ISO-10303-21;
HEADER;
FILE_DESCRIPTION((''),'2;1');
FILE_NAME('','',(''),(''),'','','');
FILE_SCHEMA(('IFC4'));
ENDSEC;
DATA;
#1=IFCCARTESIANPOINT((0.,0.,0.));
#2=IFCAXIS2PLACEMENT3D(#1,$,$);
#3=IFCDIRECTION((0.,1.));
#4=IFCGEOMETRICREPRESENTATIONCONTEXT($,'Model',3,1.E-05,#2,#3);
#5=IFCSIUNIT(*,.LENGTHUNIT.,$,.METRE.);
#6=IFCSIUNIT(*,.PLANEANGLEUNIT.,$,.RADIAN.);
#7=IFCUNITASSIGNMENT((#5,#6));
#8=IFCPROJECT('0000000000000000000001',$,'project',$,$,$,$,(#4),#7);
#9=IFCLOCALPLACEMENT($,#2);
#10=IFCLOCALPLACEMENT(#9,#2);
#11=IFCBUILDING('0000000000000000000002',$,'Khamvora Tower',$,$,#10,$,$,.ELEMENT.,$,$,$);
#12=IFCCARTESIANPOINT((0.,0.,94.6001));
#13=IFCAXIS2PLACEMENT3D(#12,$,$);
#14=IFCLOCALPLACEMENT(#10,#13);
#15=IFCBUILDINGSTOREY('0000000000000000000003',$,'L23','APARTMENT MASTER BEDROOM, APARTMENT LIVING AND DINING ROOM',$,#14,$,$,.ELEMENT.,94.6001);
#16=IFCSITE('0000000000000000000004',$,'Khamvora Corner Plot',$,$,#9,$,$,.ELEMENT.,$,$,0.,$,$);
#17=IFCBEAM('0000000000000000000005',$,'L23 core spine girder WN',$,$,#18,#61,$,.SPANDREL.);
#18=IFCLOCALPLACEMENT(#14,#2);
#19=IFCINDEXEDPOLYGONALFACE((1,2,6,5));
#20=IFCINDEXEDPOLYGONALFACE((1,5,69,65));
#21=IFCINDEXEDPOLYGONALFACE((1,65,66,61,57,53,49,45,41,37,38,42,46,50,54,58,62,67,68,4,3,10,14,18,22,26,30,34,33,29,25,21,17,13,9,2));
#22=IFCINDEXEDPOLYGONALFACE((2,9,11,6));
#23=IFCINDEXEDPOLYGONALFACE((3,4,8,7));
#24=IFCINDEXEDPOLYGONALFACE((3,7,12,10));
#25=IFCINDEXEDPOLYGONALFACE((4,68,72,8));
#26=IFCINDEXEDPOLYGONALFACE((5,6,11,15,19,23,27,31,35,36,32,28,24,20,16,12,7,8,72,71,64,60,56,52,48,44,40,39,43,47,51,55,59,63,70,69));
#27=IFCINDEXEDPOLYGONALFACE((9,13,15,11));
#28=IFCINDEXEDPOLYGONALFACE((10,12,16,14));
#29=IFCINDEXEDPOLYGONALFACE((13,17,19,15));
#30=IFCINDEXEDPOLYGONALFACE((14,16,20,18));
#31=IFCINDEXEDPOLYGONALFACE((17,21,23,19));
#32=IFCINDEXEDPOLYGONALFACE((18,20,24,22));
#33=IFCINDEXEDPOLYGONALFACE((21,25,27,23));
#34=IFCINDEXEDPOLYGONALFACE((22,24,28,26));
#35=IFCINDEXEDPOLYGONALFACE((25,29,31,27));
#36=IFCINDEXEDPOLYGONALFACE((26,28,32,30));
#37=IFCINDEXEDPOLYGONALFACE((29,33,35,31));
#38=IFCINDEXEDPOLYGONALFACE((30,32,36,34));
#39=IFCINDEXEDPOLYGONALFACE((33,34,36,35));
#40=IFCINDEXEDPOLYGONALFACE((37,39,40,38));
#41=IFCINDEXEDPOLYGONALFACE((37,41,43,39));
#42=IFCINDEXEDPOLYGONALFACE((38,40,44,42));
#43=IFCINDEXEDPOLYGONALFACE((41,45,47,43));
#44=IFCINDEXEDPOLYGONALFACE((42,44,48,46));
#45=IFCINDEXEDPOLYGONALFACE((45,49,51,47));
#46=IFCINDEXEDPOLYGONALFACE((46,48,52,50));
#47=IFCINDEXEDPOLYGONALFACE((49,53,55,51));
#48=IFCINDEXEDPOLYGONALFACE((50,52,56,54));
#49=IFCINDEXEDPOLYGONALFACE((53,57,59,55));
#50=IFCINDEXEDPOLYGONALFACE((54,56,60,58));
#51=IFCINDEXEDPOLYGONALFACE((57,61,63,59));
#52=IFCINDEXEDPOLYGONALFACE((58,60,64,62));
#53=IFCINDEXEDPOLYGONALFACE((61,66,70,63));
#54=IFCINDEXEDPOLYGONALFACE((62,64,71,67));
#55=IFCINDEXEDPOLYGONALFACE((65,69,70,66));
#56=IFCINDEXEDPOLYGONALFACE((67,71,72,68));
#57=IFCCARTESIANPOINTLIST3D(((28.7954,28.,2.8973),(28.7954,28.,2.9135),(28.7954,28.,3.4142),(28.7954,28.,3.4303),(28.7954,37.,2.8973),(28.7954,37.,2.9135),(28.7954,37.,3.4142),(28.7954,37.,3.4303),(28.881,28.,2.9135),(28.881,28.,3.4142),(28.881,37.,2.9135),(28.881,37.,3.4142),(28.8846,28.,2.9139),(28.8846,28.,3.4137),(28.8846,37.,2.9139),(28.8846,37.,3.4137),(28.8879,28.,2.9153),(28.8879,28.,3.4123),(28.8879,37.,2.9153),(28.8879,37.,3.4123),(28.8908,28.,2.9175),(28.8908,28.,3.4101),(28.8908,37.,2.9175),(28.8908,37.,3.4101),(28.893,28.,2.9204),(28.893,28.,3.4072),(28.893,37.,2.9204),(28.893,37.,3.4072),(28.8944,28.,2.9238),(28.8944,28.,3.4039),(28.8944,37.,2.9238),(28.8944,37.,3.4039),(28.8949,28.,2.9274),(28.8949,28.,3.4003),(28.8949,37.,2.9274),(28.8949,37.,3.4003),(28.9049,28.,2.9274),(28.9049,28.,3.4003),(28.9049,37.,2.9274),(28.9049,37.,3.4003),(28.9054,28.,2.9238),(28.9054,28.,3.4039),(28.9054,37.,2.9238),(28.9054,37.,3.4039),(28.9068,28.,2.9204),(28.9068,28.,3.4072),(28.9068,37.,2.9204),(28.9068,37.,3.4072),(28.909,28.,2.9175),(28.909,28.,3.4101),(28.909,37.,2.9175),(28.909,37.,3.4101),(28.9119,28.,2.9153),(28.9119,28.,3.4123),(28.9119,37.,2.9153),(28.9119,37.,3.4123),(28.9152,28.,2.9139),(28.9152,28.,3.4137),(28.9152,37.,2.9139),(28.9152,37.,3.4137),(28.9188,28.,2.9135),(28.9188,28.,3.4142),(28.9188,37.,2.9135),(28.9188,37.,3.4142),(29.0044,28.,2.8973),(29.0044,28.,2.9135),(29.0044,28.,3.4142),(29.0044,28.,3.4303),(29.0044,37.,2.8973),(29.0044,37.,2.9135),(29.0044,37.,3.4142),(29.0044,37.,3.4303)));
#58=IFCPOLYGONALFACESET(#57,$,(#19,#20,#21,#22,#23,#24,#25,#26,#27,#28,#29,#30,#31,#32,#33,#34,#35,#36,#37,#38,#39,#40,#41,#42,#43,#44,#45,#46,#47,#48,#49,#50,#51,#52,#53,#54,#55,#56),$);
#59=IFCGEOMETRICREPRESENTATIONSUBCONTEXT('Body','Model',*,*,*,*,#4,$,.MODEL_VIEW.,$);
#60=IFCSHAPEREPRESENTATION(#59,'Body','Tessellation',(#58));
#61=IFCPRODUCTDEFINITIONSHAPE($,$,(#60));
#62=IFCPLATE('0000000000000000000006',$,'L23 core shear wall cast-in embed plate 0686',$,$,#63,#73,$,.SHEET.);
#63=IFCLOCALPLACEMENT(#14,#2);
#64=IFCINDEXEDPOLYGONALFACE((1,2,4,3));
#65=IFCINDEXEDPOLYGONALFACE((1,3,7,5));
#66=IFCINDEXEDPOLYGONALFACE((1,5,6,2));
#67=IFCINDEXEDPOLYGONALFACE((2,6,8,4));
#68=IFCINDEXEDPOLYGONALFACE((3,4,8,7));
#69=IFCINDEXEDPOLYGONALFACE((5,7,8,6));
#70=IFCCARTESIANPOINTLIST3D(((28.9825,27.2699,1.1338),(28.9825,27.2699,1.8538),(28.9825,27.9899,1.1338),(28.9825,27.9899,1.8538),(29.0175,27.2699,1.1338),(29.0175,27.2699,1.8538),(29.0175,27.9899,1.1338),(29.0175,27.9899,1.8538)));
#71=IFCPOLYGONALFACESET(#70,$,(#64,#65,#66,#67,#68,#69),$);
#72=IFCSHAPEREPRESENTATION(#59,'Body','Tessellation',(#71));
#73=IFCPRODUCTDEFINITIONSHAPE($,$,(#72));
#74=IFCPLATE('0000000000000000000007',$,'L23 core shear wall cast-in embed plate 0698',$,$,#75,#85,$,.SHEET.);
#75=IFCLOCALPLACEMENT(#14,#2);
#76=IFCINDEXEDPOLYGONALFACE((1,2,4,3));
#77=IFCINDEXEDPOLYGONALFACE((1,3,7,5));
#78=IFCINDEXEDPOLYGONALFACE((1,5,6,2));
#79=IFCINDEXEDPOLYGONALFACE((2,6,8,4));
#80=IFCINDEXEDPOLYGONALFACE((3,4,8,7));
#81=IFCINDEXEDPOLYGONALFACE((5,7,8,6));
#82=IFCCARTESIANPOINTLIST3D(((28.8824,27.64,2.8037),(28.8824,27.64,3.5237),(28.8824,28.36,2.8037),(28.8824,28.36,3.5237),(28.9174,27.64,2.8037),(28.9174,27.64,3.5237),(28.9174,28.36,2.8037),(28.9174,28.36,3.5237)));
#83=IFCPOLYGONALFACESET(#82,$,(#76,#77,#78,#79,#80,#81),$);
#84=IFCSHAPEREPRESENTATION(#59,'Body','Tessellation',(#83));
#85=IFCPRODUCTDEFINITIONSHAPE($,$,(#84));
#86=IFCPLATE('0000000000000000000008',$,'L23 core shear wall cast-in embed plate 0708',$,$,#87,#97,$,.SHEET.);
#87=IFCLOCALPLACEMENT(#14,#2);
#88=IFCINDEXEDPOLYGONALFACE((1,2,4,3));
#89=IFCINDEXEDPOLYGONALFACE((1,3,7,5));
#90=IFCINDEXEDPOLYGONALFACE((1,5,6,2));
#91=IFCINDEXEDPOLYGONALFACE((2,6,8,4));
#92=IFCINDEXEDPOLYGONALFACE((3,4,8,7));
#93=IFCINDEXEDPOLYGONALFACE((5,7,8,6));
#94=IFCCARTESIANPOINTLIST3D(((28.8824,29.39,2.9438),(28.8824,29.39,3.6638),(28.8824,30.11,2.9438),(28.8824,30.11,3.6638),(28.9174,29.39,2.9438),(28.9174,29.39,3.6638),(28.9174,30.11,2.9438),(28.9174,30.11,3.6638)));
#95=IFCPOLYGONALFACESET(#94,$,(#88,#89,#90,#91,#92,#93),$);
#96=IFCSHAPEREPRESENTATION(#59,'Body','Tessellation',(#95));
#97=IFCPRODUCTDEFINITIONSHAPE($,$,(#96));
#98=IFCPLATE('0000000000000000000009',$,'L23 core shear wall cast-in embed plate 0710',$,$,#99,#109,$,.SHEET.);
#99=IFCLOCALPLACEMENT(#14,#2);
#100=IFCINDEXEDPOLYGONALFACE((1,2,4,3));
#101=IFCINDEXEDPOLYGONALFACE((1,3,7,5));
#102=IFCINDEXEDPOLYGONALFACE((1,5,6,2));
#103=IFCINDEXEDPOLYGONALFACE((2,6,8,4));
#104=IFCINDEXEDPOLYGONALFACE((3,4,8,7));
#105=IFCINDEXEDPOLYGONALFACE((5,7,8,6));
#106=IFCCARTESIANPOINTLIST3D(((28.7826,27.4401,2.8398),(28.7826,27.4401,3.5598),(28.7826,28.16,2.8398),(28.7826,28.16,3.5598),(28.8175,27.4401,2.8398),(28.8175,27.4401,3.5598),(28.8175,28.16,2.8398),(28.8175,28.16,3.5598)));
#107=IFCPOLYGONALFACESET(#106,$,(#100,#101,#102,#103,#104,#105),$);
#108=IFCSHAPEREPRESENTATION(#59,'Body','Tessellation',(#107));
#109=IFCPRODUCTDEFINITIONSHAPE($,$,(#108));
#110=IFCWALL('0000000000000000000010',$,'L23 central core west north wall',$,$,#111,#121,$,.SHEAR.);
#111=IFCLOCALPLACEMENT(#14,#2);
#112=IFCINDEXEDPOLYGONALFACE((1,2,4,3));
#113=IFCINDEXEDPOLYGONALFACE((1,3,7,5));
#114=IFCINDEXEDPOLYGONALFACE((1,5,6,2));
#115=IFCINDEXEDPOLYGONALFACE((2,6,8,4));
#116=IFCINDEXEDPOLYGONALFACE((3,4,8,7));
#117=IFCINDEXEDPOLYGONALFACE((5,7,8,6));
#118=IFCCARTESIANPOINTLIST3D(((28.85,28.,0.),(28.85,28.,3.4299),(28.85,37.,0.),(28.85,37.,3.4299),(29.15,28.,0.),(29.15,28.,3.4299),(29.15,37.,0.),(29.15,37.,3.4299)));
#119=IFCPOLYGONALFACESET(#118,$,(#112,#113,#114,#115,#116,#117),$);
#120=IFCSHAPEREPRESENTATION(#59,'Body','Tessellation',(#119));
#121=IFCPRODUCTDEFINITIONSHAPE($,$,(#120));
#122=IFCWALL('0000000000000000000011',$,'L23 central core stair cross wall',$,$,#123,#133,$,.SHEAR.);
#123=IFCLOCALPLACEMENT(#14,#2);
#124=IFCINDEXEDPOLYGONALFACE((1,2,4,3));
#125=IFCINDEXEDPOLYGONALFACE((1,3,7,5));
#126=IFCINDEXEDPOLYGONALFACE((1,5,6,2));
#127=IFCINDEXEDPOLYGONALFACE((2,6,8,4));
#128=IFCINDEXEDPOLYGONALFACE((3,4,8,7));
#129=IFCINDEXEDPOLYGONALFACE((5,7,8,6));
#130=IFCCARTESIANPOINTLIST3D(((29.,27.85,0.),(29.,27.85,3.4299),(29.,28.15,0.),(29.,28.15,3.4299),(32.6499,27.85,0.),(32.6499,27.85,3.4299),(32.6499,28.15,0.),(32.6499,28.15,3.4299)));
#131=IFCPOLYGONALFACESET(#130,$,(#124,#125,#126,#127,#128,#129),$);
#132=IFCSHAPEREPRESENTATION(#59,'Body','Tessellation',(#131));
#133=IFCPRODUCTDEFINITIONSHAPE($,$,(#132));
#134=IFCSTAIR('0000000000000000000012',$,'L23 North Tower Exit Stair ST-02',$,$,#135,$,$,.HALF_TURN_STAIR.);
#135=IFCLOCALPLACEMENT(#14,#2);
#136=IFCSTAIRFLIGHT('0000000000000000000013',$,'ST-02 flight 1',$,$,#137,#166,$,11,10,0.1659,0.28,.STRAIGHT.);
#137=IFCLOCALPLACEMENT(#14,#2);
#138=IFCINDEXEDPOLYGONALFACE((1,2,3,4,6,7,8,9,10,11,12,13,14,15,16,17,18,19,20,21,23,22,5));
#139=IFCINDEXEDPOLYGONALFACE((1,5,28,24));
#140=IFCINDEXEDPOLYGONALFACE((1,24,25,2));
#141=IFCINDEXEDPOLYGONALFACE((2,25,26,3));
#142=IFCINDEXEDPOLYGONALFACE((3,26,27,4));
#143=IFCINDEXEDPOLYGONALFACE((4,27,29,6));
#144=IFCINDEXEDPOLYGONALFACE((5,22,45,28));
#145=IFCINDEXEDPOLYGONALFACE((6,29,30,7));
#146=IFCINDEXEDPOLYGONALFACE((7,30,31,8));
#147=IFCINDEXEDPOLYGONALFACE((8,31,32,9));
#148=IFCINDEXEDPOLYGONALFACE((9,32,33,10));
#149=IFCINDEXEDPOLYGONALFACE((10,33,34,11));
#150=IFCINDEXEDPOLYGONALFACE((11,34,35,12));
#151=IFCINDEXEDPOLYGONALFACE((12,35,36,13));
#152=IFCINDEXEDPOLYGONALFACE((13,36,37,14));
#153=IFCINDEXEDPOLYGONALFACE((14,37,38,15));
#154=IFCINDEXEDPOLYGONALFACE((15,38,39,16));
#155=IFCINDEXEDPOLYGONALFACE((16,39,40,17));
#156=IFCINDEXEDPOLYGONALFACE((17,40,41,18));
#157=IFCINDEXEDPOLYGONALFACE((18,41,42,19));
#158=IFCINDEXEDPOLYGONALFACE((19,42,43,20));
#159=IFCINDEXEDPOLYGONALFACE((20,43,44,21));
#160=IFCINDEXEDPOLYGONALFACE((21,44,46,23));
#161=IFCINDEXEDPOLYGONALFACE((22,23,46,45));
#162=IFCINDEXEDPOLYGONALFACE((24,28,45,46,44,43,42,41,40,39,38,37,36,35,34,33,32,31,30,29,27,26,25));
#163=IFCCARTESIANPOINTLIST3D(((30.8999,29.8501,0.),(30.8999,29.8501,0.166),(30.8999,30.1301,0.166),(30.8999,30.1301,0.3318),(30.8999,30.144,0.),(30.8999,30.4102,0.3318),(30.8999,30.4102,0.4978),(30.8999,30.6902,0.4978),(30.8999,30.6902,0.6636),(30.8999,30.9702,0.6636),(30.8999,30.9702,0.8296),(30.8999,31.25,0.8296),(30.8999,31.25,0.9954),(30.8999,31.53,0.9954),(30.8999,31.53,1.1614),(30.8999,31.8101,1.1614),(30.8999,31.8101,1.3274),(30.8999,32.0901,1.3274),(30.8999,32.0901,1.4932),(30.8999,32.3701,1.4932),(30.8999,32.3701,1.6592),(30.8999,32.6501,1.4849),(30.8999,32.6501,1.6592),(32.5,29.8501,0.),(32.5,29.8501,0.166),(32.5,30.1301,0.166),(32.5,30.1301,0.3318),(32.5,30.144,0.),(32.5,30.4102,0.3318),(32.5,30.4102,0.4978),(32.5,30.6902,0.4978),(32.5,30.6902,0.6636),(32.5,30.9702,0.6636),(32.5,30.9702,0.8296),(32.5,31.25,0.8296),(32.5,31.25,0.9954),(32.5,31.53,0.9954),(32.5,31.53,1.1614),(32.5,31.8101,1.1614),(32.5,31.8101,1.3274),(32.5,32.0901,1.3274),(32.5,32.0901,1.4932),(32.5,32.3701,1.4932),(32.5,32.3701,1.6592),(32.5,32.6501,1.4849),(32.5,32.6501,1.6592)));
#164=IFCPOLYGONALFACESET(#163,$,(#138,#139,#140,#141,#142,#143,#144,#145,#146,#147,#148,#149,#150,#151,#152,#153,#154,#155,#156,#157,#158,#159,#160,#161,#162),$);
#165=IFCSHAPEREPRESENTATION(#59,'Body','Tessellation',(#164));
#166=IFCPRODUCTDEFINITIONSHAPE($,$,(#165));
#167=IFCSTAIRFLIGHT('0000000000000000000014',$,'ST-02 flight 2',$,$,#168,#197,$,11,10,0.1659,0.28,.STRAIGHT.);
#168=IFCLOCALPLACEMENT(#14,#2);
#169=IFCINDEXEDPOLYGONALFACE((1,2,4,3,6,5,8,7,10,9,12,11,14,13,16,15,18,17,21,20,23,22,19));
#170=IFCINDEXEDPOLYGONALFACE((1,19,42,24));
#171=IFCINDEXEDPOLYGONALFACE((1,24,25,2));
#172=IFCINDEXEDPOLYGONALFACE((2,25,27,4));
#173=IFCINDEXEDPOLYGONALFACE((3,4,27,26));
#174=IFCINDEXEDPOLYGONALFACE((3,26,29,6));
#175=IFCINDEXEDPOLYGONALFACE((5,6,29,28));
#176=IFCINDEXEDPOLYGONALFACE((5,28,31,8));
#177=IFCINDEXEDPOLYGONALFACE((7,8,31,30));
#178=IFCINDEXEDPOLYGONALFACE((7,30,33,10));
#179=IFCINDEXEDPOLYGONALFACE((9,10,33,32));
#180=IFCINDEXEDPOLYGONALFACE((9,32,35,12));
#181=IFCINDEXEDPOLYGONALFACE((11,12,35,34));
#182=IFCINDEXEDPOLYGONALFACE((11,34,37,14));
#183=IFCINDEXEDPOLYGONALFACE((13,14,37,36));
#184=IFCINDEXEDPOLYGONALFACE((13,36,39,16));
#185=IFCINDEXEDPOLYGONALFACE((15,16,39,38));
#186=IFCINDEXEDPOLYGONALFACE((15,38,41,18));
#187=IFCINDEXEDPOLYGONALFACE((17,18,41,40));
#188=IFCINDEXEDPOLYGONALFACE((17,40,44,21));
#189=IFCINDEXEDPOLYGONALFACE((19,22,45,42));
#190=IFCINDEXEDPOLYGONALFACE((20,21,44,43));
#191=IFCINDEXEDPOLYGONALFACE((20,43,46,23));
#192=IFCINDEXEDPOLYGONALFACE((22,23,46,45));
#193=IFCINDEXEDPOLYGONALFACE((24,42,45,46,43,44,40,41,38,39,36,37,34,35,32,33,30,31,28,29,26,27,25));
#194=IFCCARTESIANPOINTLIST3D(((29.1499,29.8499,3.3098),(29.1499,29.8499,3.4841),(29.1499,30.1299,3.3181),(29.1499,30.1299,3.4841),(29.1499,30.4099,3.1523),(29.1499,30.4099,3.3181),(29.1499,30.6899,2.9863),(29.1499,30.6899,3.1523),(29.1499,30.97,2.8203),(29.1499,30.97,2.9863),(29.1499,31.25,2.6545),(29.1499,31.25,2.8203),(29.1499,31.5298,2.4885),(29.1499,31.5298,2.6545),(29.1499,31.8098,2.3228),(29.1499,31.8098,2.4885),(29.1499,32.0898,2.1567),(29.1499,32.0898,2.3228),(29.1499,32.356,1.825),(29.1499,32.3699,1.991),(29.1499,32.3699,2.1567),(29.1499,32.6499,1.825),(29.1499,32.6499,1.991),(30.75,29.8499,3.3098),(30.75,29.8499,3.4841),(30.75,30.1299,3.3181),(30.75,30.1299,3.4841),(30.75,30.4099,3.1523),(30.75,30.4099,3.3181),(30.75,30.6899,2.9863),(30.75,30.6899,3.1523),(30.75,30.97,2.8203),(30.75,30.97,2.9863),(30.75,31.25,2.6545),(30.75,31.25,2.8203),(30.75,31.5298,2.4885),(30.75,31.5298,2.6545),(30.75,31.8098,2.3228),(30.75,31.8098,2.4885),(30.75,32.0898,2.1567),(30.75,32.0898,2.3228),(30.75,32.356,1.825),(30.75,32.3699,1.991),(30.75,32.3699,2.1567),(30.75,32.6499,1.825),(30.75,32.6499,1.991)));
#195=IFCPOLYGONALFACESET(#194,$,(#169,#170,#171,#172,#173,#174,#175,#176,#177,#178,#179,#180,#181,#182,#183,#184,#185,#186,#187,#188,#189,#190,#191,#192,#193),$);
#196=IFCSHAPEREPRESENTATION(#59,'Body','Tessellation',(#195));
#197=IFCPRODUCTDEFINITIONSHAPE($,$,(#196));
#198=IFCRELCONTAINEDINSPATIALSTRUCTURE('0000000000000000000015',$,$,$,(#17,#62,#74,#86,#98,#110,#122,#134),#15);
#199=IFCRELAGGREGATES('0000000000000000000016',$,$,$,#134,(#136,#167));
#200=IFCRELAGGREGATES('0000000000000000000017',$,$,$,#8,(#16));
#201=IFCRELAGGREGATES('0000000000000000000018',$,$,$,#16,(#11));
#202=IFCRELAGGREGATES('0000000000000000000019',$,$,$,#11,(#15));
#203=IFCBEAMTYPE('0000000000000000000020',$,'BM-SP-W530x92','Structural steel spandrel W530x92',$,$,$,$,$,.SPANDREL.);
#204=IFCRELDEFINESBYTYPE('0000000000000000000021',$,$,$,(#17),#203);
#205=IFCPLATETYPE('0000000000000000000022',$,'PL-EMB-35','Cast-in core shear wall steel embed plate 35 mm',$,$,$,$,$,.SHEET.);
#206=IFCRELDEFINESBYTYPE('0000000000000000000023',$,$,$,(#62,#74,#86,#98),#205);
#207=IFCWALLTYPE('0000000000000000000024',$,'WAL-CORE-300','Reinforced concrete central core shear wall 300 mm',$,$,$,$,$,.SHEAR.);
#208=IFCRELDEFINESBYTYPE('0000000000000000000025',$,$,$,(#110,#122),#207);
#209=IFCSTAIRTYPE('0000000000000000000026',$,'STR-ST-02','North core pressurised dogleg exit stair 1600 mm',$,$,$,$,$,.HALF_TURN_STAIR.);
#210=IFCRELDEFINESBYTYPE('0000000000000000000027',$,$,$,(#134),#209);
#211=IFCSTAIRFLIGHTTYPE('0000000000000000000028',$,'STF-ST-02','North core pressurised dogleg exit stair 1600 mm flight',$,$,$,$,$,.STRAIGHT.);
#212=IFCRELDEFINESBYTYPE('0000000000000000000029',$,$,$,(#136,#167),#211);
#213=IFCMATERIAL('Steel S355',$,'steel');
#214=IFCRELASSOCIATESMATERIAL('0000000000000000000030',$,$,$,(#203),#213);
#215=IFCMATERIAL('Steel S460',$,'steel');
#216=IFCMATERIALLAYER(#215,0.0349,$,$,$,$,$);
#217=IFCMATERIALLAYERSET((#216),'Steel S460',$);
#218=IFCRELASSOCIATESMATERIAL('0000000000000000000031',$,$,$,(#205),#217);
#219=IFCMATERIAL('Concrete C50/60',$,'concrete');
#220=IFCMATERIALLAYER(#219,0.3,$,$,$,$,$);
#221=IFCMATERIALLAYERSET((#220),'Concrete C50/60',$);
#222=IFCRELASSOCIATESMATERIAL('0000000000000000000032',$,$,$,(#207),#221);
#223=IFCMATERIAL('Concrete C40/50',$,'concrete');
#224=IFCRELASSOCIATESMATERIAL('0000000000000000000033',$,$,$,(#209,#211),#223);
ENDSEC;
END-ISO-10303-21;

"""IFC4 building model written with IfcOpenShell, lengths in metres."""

from ifc_helpers import new_model, si_unit, direction, frame, frame_2d, origin, origin_2d, place, context, subcontext, project, spatial, polyline, rectangle, i_section, outline, extrude, material, layer, layer_set, material_profile, profile_set, type_object, element, aggregate, save


model = new_model("IFC4")

# Units and contexts
model_context = context("Model", 3, precision=1e-05, world=origin(), true_north=direction((0.0, 1.0)))
body_context = subcontext(model_context, "Body", "Model", "MODEL_VIEW")
ifc_project = project(units=[si_unit("LENGTHUNIT", "METRE"), si_unit("PLANEANGLEUNIT", "RADIAN")], contexts=[model_context])

# Site, building, storey
site_placement = place(None, origin())
site = spatial("IfcSite", under=ifc_project, at=site_placement, Name="Khamvora Corner Plot", CompositionType="ELEMENT", RefElevation=0.0)
building_placement = place(site_placement, origin())
building = spatial("IfcBuilding", under=site, at=building_placement, Name="Khamvora Tower", CompositionType="ELEMENT")
storey_placement = place(building_placement, frame((0.0, 0.0, 94.6001)))
storey = spatial("IfcBuildingStorey", under=building, at=storey_placement, Name="L23", Description="APARTMENT MASTER BEDROOM, APARTMENT LIVING AND DINING ROOM", CompositionType="ELEMENT", Elevation=94.6001)

# Shared definitions
ifc_material_1 = material(Name="Steel S460", Category="steel")

# Beam
ifc_material_2 = material(Name="Steel S355", Category="steel")
ifc_material_profile_1 = material_profile(ifc_material_2, i_section(OverallWidth=0.209, OverallDepth=0.533, WebThickness=0.01, FlangeThickness=0.0161, FilletRadius=0.0139, at=origin_2d()), Name="W530x92")
ifc_profile_set_1 = profile_set([ifc_material_profile_1], Name="Steel S355")
beam_type_1 = type_object("IfcBeamType", Name="BM-SP-W530x92", Description="Structural steel spandrel W530x92", PredefinedType="SPANDREL", material=ifc_profile_set_1)
beam_1_placement = place(storey_placement, frame((28.8999, 28.0, 3.1638), z_axis=(0.0, 1.0, 0.0), x_axis=(-1.0, 0.0, 0.0)))
element("IfcBeam", 1, at=beam_1_placement, inside=storey, type_object=beam_type_1, Name="L23 core spine girder WN", PredefinedType="SPANDREL", context=body_context, shape_type="SweptSolid", body=[
    extrude(i_section(OverallWidth=0.209, OverallDepth=0.533, WebThickness=0.01, FlangeThickness=0.0161, FilletRadius=0.0139, at=origin_2d()), origin(), (0.0, 0.0, 1.0), 9.0),
])

# Plates
ifc_layer_1 = layer(ifc_material_1, 0.0349)
ifc_layer_set_1 = layer_set([ifc_layer_1], Name="Steel S460")
plate_type = type_object("IfcPlateType", Name="PL-EMB-35", Description="Cast-in core shear wall steel embed plate 35 mm", PredefinedType="SHEET", material=ifc_layer_set_1)
for number, where, z_axis, x_axis, name in (
    (2, (29.0, 27.6299, 1.1338), (0.0, 0.0, 1.0), (1.0, 0.0, 0.0), "L23 core shear wall cast-in embed plate 0686"),
    (3, (28.8999, 28.0, 2.8037), (0.0, 0.0, 1.0), (1.0, 0.0, 0.0), "L23 core shear wall cast-in embed plate 0698"),
    (4, (28.8999, 29.75, 2.9438), (0.0, 0.0, 1.0), (1.0, 0.0, 0.0), "L23 core shear wall cast-in embed plate 0708"),
    (5, (28.8, 27.8, 2.8398), (0.0, 0.0, 1.0), (1.0, 0.0, 0.0), "L23 core shear wall cast-in embed plate 0710"),
):
    element("IfcPlate", number, at=place(storey_placement, frame(where, z_axis=z_axis, x_axis=x_axis)), inside=storey, type_object=plate_type, Name=name, PredefinedType="SHEET", context=body_context, shape_type="SweptSolid", body=[
        extrude(rectangle(XDim=0.0349, YDim=0.72, at=origin_2d()), origin(), (0.0, 0.0, 1.0), 0.72),
    ])

# Walls
ifc_material_3 = material(Name="Concrete C50/60", Category="concrete")
ifc_layer_2 = layer(ifc_material_3, 0.3)
ifc_layer_set_2 = layer_set([ifc_layer_2], Name="Concrete C50/60")
wall_type = type_object("IfcWallType", Name="WAL-CORE-300", Description="Reinforced concrete central core shear wall 300 mm", PredefinedType="SHEAR", material=ifc_layer_set_2)
wall_1_placement = place(storey_placement, frame((29.0, 28.0, 0.0), z_axis=(0.0, 0.0, 1.0), x_axis=(0.0, 1.0, 0.0)))
element("IfcWall", 6, at=wall_1_placement, inside=storey, type_object=wall_type, Name="L23 central core west north wall", PredefinedType="SHEAR", context=body_context, shape_type="SweptSolid", body=[
    extrude(rectangle(XDim=9.0, YDim=0.3, at=frame_2d((4.5, 0.0))), origin(), (0.0, 0.0, 1.0), 3.4299),
])
wall_2_placement = place(storey_placement, frame((29.0, 28.0, 0.0), z_axis=(0.0, 0.0, 1.0), x_axis=(1.0, 0.0, 0.0)))
element("IfcWall", 7, at=wall_2_placement, inside=storey, type_object=wall_type, Name="L23 central core stair cross wall", PredefinedType="SHEAR", context=body_context, shape_type="SweptSolid", body=[
    extrude(rectangle(XDim=3.6499, YDim=0.3, at=frame_2d((1.825, 0.0))), origin(), (0.0, 0.0, 1.0), 3.4299),
])

# Stair, stair flights
ifc_material_4 = material(Name="Concrete C40/50", Category="concrete")
stair_type = type_object("IfcStairType", Name="STR-ST-02", Description="North core pressurised dogleg exit stair 1600 mm", PredefinedType="HALF_TURN_STAIR", material=ifc_material_4)
stair_placement = place(storey_placement, origin())
stair = element("IfcStair", 8, at=stair_placement, inside=storey, type_object=stair_type, Name="L23 North Tower Exit Stair ST-02", PredefinedType="HALF_TURN_STAIR")
stair_flight_type = type_object("IfcStairFlightType", Name="STF-ST-02", Description="North core pressurised dogleg exit stair 1600 mm flight", PredefinedType="STRAIGHT", material=ifc_material_4)
stair_flight_1_placement = place(storey_placement, frame((31.7, 29.8501, 0.0), z_axis=(0.0, 0.0, 1.0), x_axis=(0.0, 1.0, 0.0)))
stair_flight_1 = element("IfcStairFlight", 9, at=stair_flight_1_placement, type_object=stair_flight_type, Name="ST-02 flight 1", NumberOfRisers=11, NumberOfTreads=10, PredefinedType="STRAIGHT", RiserHeight=0.1659, TreadLength=0.28, context=body_context, shape_type="SweptSolid", body=[
    extrude(outline(polyline([(0.0, 0.0), (0.0, 0.166), (0.28, 0.166), (0.28, 0.3318), (0.5601, 0.3318), (0.5601, 0.4978), (0.8401, 0.4978), (0.8401, 0.6636), (1.1201, 0.6636), (1.1201, 0.8296), (1.3999, 0.8296), (1.3999, 0.9954), (1.6799, 0.9954), (1.6799, 1.1614), (1.96, 1.1614), (1.96, 1.3274), (2.24, 1.3274), (2.24, 1.4932), (2.52, 1.4932), (2.52, 1.6592), (2.8, 1.6592), (2.8, 1.825), (2.8, 1.4849), (0.2939, 0.0), (0.0, 0.0)])), frame((0.0, 0.8, 0.0), z_axis=(0.0, -1.0, 0.0), x_axis=(1.0, 0.0, 0.0)), (0.0, 0.0, 1.0), 1.6001),
])
stair_flight_2_placement = place(storey_placement, frame((29.95, 32.6499, 1.825), z_axis=(0.0, 0.0, 1.0), x_axis=(0.0, -1.0, 0.0)))
stair_flight_2 = element("IfcStairFlight", 10, at=stair_flight_2_placement, type_object=stair_flight_type, Name="ST-02 flight 2", NumberOfRisers=11, NumberOfTreads=10, PredefinedType="STRAIGHT", RiserHeight=0.1659, TreadLength=0.28, context=body_context, shape_type="SweptSolid", body=[
    extrude(outline(polyline([(0.0, 0.0), (0.0, 0.166), (0.28, 0.166), (0.28, 0.3318), (0.5601, 0.3318), (0.5601, 0.4978), (0.8401, 0.4978), (0.8401, 0.6636), (1.1201, 0.6636), (1.1201, 0.8296), (1.3999, 0.8296), (1.3999, 0.9954), (1.6799, 0.9954), (1.6799, 1.1614), (1.96, 1.1614), (1.96, 1.3274), (2.24, 1.3274), (2.24, 1.4932), (2.52, 1.4932), (2.52, 1.6592), (2.8, 1.6592), (2.8, 1.825), (2.8, 1.4849), (0.2939, 0.0), (0.0, 0.0)])), frame((0.0, 0.8, 0.0), z_axis=(0.0, -1.0, 0.0), x_axis=(1.0, 0.0, 0.0)), (0.0, 0.0, 1.0), 1.6001),
])
aggregate(stair, [stair_flight_1, stair_flight_2])

save(model, "model.ifc")
